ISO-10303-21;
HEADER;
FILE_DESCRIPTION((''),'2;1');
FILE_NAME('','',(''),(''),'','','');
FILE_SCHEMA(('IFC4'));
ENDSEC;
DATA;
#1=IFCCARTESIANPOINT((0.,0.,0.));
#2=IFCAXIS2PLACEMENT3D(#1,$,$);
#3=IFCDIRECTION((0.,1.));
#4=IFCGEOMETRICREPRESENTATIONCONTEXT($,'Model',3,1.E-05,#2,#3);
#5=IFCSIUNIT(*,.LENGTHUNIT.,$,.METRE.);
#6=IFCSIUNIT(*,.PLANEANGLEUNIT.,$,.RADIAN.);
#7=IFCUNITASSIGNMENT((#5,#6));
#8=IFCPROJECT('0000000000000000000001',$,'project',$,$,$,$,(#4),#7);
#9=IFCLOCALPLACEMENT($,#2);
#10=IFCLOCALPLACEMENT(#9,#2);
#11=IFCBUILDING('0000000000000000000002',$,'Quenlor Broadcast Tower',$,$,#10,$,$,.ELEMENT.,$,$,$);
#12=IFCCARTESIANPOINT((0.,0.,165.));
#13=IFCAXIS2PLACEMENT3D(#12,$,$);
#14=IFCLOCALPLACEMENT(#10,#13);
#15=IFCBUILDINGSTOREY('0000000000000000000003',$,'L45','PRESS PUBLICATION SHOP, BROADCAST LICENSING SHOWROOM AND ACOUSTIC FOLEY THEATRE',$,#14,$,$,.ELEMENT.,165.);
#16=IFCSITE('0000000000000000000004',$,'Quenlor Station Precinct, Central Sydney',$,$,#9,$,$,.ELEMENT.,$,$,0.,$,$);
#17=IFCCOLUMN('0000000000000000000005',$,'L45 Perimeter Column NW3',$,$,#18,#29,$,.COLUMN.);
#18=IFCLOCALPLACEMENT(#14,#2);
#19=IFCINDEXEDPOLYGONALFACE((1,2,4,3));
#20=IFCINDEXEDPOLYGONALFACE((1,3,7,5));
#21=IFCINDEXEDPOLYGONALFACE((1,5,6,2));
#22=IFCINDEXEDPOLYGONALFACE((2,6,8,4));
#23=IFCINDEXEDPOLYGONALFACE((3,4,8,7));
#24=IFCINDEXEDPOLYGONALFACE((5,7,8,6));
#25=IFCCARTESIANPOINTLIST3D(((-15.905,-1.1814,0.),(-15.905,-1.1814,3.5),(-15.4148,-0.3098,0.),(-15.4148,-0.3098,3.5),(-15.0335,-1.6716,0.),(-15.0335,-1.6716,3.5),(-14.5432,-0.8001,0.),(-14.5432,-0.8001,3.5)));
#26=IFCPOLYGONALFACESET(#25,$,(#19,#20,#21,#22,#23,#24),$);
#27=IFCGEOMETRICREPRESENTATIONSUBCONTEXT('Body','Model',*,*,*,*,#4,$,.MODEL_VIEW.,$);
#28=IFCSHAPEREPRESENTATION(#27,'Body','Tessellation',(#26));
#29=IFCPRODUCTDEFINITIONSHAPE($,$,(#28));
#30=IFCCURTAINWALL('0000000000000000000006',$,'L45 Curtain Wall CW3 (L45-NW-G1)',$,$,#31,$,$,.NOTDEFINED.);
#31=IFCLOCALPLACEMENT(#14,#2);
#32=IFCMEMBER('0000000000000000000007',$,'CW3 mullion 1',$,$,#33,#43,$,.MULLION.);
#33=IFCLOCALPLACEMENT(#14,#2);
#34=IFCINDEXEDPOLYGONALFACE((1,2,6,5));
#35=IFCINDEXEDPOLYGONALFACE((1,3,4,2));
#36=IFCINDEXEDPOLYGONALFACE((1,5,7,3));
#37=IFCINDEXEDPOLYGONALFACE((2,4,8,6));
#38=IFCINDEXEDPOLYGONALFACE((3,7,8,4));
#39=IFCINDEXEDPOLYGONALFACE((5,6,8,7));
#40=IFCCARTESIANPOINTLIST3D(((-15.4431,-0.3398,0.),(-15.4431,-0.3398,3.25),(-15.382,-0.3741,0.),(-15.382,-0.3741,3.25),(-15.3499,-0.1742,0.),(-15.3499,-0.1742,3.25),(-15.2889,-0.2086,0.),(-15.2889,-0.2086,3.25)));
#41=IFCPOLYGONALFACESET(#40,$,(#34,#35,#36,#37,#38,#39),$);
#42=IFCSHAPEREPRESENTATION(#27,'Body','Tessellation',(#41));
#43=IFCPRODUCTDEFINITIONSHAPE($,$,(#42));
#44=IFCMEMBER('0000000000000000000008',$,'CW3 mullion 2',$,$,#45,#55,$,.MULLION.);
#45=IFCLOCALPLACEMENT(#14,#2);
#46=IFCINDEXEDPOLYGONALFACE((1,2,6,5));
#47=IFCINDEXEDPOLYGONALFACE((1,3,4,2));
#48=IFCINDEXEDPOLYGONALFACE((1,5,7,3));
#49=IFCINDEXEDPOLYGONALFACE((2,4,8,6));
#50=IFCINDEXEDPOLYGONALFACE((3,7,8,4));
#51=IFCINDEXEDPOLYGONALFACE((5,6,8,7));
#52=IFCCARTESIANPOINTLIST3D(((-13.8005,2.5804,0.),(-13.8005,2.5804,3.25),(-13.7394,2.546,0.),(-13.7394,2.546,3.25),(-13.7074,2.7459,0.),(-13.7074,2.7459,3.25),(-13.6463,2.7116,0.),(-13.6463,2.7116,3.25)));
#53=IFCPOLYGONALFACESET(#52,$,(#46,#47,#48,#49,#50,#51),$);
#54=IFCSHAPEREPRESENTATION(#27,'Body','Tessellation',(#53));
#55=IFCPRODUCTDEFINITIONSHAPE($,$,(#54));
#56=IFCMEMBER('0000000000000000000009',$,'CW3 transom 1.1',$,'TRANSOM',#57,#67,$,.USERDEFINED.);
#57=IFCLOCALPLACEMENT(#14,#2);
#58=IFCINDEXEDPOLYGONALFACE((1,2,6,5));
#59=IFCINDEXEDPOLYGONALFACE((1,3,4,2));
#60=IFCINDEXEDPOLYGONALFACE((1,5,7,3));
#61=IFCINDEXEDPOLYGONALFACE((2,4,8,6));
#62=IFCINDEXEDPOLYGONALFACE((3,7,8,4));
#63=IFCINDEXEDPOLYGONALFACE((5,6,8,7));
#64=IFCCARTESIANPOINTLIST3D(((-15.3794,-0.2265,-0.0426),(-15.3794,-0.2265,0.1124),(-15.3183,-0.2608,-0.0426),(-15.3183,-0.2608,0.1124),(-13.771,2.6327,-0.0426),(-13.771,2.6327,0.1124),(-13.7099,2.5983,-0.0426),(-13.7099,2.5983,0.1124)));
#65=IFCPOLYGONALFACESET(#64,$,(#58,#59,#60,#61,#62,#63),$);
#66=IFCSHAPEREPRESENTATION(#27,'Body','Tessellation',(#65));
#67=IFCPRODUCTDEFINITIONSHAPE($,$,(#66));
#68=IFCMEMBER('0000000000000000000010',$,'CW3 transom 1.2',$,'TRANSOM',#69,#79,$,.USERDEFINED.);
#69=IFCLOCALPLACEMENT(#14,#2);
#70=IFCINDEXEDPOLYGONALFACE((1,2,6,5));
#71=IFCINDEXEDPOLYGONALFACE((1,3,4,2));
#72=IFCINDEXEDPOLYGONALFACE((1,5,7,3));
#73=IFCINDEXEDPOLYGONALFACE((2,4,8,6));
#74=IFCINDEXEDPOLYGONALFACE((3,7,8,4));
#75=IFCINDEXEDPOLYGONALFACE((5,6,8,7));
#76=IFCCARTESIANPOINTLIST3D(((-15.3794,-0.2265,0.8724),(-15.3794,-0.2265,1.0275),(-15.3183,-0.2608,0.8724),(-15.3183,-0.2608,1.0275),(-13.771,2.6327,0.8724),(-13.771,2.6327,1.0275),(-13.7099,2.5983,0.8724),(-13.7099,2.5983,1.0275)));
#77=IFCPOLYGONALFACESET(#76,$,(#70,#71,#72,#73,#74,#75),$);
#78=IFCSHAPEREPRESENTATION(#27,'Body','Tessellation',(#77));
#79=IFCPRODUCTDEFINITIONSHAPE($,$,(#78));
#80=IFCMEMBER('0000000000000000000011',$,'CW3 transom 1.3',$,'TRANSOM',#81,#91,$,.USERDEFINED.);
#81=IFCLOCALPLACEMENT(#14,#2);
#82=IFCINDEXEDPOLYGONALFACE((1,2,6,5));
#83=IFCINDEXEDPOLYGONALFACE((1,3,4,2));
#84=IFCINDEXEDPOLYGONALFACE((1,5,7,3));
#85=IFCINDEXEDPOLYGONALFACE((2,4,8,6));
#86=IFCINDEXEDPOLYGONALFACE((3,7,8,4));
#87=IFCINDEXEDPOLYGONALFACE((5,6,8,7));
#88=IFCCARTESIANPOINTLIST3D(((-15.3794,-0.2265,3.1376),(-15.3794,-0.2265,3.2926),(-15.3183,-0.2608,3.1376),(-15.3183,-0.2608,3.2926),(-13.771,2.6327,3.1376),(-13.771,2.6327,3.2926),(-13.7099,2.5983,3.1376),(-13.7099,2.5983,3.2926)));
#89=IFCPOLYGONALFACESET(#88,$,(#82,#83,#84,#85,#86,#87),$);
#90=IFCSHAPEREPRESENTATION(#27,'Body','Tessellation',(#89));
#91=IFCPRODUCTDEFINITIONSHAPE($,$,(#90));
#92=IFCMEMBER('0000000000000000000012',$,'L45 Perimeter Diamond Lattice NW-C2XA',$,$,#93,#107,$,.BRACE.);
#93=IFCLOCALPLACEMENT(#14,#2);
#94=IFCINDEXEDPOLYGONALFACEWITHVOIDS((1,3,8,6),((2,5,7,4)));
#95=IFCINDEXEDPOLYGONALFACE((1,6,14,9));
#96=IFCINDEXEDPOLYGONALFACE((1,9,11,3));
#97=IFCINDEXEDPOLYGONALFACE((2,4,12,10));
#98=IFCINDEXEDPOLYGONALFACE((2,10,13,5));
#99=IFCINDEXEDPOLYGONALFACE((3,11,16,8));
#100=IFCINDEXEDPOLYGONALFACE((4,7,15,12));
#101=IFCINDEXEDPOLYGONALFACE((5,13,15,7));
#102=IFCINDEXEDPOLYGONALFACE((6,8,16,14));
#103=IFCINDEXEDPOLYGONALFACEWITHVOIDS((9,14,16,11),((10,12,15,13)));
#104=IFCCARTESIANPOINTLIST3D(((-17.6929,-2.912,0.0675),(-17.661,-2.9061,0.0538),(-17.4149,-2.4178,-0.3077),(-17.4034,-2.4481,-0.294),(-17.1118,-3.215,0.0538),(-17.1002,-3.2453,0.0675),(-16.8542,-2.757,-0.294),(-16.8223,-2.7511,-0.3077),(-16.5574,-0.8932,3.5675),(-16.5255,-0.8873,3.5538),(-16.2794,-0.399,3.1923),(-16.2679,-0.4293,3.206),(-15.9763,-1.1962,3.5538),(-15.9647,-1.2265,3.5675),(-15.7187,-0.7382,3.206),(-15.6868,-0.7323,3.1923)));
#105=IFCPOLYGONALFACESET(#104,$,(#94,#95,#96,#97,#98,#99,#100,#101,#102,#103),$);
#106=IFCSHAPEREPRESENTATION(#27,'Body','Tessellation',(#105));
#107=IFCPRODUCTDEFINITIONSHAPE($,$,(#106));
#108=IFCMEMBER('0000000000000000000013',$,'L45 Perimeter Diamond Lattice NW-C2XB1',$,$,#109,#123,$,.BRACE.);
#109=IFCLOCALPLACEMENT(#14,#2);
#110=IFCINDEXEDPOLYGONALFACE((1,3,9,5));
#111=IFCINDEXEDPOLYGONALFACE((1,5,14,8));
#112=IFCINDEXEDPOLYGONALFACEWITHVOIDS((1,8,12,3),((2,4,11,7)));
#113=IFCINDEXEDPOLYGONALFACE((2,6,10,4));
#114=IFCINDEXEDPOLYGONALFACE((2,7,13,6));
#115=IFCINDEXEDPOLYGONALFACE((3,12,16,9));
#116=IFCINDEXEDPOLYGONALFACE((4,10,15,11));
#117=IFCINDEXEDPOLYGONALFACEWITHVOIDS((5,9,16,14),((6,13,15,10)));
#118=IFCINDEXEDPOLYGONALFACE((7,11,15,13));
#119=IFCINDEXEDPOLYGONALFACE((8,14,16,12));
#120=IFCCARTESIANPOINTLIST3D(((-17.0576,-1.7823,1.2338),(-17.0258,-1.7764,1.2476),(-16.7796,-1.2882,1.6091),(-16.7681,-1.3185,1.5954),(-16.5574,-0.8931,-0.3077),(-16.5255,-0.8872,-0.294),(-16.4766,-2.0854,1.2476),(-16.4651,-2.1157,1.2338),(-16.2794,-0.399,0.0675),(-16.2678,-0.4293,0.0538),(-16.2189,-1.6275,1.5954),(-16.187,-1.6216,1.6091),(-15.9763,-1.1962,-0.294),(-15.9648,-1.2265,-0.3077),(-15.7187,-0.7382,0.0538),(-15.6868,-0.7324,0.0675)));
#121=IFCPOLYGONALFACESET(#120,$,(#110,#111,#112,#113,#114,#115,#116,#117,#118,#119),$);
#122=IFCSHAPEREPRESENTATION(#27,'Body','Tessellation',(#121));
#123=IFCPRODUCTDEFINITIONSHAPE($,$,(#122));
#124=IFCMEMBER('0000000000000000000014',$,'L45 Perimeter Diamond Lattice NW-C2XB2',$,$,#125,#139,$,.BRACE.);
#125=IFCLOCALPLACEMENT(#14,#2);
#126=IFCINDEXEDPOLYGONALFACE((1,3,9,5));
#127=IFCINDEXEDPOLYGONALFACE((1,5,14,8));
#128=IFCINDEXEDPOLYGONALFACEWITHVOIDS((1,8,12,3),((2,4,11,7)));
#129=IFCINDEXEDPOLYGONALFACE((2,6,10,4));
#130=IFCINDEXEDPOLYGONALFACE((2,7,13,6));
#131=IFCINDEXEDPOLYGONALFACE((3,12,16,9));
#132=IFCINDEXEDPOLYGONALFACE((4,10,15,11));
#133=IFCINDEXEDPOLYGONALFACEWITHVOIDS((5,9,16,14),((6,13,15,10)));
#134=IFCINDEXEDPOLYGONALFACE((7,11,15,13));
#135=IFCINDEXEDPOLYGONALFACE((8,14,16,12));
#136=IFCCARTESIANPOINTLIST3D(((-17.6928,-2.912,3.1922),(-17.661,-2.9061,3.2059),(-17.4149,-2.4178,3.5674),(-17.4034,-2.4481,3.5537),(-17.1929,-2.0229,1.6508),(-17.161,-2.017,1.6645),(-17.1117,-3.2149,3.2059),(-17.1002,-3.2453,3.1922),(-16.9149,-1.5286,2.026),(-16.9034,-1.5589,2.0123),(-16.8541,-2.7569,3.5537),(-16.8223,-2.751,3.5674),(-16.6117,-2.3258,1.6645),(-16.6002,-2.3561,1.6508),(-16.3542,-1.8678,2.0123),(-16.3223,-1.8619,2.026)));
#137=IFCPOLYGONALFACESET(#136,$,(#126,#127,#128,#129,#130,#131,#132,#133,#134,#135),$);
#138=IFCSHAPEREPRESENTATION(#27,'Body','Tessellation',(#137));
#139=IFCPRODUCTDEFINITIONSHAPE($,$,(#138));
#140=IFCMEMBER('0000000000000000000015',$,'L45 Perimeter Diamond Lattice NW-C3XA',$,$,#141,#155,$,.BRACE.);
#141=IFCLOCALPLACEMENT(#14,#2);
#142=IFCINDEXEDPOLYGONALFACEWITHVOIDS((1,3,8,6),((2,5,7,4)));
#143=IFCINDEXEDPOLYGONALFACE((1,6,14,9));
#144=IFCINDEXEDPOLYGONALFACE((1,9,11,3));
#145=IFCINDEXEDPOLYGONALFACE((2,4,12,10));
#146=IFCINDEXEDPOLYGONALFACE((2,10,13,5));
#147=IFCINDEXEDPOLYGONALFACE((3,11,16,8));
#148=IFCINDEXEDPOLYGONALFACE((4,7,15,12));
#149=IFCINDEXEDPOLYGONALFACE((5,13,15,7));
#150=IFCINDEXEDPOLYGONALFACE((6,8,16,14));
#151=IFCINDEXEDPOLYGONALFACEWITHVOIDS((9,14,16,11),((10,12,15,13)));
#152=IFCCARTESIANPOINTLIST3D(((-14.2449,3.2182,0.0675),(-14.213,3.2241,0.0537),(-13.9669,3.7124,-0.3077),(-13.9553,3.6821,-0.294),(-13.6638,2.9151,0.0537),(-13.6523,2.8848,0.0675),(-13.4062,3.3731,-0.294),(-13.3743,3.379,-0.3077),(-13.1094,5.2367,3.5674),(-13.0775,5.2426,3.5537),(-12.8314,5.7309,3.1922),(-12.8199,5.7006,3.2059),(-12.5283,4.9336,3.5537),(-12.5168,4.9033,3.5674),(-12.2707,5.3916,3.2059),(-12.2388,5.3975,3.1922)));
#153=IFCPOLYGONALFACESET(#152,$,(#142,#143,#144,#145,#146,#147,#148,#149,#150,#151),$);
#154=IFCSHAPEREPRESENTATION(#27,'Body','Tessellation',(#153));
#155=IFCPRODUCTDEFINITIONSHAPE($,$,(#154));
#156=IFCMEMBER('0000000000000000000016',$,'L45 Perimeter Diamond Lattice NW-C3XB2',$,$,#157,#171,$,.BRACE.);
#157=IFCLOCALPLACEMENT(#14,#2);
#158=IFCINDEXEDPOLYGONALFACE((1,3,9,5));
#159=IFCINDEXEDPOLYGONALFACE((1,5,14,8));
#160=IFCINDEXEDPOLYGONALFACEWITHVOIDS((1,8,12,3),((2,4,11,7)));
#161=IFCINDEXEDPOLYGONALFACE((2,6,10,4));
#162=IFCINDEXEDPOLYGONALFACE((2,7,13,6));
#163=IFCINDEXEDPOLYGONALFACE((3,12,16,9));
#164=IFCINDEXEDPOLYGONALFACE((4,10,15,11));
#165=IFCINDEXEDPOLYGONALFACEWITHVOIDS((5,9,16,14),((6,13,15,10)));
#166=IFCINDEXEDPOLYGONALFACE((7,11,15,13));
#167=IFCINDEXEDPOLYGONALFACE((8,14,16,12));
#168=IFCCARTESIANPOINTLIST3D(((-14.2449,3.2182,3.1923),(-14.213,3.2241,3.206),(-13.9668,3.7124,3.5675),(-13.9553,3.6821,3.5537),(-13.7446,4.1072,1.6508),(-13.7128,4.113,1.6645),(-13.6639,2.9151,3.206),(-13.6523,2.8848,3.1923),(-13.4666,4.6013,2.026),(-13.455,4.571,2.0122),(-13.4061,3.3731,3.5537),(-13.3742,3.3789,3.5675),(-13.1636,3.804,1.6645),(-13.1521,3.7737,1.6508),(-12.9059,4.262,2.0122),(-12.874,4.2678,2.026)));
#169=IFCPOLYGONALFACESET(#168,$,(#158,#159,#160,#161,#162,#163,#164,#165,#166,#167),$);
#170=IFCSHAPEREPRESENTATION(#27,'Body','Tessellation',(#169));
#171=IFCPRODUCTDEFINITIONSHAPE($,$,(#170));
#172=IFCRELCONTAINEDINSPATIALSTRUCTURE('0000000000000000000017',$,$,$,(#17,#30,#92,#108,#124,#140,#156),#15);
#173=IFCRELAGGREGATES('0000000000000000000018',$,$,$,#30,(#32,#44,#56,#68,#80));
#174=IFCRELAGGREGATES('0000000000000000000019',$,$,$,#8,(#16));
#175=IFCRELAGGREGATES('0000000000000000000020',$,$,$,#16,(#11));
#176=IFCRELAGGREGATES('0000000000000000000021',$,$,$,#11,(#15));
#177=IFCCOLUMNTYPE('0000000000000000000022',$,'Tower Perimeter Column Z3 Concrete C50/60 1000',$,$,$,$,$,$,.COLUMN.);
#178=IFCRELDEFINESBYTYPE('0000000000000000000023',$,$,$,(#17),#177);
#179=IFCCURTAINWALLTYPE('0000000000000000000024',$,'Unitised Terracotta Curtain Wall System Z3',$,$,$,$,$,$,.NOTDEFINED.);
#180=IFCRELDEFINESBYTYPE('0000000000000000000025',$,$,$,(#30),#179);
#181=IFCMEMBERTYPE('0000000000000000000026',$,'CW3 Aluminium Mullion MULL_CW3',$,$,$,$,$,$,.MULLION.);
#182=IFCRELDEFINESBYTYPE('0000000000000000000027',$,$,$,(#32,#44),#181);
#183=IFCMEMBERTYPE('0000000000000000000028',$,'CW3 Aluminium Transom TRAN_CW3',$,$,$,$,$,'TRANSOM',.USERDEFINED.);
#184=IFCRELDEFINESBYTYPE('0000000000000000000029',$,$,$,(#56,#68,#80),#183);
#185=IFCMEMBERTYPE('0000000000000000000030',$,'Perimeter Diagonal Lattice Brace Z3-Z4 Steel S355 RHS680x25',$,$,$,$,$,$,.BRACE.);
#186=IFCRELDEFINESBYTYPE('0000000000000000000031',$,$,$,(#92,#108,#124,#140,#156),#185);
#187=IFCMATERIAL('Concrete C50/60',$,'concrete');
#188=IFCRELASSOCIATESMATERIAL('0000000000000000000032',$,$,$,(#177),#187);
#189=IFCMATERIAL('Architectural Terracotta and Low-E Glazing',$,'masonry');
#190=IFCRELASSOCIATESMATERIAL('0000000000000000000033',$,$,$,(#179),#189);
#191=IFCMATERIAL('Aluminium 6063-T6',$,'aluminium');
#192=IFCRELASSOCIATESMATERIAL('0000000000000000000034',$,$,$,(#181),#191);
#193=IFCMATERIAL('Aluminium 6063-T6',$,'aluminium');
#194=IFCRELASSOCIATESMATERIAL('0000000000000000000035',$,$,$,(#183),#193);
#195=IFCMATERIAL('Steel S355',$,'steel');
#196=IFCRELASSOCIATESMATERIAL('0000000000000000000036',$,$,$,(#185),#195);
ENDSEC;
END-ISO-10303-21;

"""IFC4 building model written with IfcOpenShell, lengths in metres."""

from ifc_helpers import new_model, si_unit, direction, frame, origin, origin_2d, place, context, subcontext, project, spatial, rectangle, hollow_rectangle, extrude, material, material_profile, profile_set, type_object, element, aggregate, save


model = new_model("IFC4")

# Units and contexts
model_context = context("Model", 3, precision=1e-05, world=origin(), true_north=direction((0.0, 1.0)))
body_context = subcontext(model_context, "Body", "Model", "MODEL_VIEW")
ifc_project = project(units=[si_unit("LENGTHUNIT", "METRE"), si_unit("PLANEANGLEUNIT", "RADIAN")], contexts=[model_context])

# Site, building, storey
site_placement = place(None, origin())
site = spatial("IfcSite", under=ifc_project, at=site_placement, Name="Quenlor Station Precinct, Central Sydney", CompositionType="ELEMENT", RefElevation=0.0)
building_placement = place(site_placement, origin())
building = spatial("IfcBuilding", under=site, at=building_placement, Name="Quenlor Broadcast Tower", CompositionType="ELEMENT")
storey_placement = place(building_placement, frame((0.0, 0.0, 165.0)))
storey = spatial("IfcBuildingStorey", under=building, at=storey_placement, Name="L45", Description="PRESS PUBLICATION SHOP, BROADCAST LICENSING SHOWROOM AND ACOUSTIC FOLEY THEATRE", CompositionType="ELEMENT", Elevation=165.0)

# Column
ifc_material_1 = material(Name="Concrete C50/60", Category="concrete")
ifc_material_profile_1 = material_profile(ifc_material_1, rectangle(XDim=1.0, YDim=1.0, at=origin_2d()))
ifc_profile_set_1 = profile_set([ifc_material_profile_1], Name="Concrete C50/60 RC1000x1000")
column_type = type_object("IfcColumnType", Name="Tower Perimeter Column Z3 Concrete C50/60 1000", PredefinedType="COLUMN", material=ifc_profile_set_1)
column_placement = place(storey_placement, frame((-15.2241, -0.9907, 0.0), z_axis=(0.0, 0.0, 1.0), x_axis=(-0.871575, 0.490262, 0.0)))
element("IfcColumn", 1, at=column_placement, inside=storey, type_object=column_type, Name="L45 Perimeter Column NW3", PredefinedType="COLUMN", context=body_context, shape_type="SweptSolid", body=[
    extrude(rectangle(XDim=1.0, YDim=1.0, at=origin_2d()), origin(), (0.0, 0.0, 1.0), 3.5),
])

# Curtain wall, members
ifc_material_2 = material(Name="Architectural Terracotta and Low-E Glazing", Category="masonry")
curtain_wall_type = type_object("IfcCurtainWallType", Name="Unitised Terracotta Curtain Wall System Z3", PredefinedType="NOTDEFINED", material=ifc_material_2)
curtain_wall_placement = place(storey_placement, origin())
curtain_wall = element("IfcCurtainWall", 2, at=curtain_wall_placement, inside=storey, type_object=curtain_wall_type, Name="L45 Curtain Wall CW3 (L45-NW-G1)", PredefinedType="NOTDEFINED")
ifc_material_3 = material(Name="Aluminium 6063-T6", Category="aluminium")
ifc_material_profile_2 = material_profile(ifc_material_3, rectangle(XDim=0.0701, YDim=0.1899, at=origin_2d()))
ifc_profile_set_2 = profile_set([ifc_material_profile_2], Name="Aluminium 6063-T6 MULL70x190")
member_type_1 = type_object("IfcMemberType", Name="CW3 Aluminium Mullion MULL_CW3", PredefinedType="MULLION", material=ifc_profile_set_2)
member_1_placement = place(storey_placement, frame((-15.366, -0.2742, 0.0), z_axis=(0.0, 0.0, 1.0), x_axis=(-0.871572, 0.490268, 0.0)))
member_1 = element("IfcMember", 3, at=member_1_placement, type_object=member_type_1, Name="CW3 mullion 1", PredefinedType="MULLION", context=body_context, shape_type="SweptSolid", body=[
    extrude(rectangle(XDim=0.0701, YDim=0.1899, at=origin_2d()), origin(), (0.0, 0.0, 1.0), 3.25),
])
member_2_placement = place(storey_placement, frame((-13.7234, 2.646, 0.0), z_axis=(0.0, 0.0, 1.0), x_axis=(-0.871572, 0.490268, 0.0)))
member_2 = element("IfcMember", 4, at=member_2_placement, type_object=member_type_1, Name="CW3 mullion 2", PredefinedType="MULLION", context=body_context, shape_type="SweptSolid", body=[
    extrude(rectangle(XDim=0.0701, YDim=0.1899, at=origin_2d()), origin(), (0.0, 0.0, 1.0), 3.25),
])
ifc_material_4 = material(Name="Aluminium 6063-T6", Category="aluminium")
ifc_material_profile_3 = material_profile(ifc_material_4, rectangle(XDim=0.0701, YDim=0.155, at=origin_2d()))
ifc_profile_set_3 = profile_set([ifc_material_profile_3], Name="Aluminium 6063-T6 TRAN70x155")
member_type_2 = type_object("IfcMemberType", Name="CW3 Aluminium Transom TRAN_CW3", ElementType="TRANSOM", PredefinedType="USERDEFINED", material=ifc_profile_set_3)
member_3_placement = place(storey_placement, frame((-15.3489, -0.2437, 0.0349), z_axis=(0.490293, 0.871558, 0.0), x_axis=(-0.871558, 0.490293, 0.0)))
member_3 = element("IfcMember", 5, at=member_3_placement, type_object=member_type_2, Name="CW3 transom 1.1", ObjectType="TRANSOM", PredefinedType="USERDEFINED", context=body_context, shape_type="SweptSolid", body=[
    extrude(rectangle(XDim=0.0701, YDim=0.155, at=origin_2d()), origin(), (0.0, 0.0, 1.0), 3.2805),
])
member_4_placement = place(storey_placement, frame((-15.3489, -0.2437, 0.95), z_axis=(0.490293, 0.871558, 0.0), x_axis=(-0.871558, 0.490293, 0.0)))
member_4 = element("IfcMember", 6, at=member_4_placement, type_object=member_type_2, Name="CW3 transom 1.2", ObjectType="TRANSOM", PredefinedType="USERDEFINED", context=body_context, shape_type="SweptSolid", body=[
    extrude(rectangle(XDim=0.0701, YDim=0.155, at=origin_2d()), origin(), (0.0, 0.0, 1.0), 3.2805),
])
member_5_placement = place(storey_placement, frame((-15.3489, -0.2437, 3.2151), z_axis=(0.490293, 0.871558, 0.0), x_axis=(-0.871558, 0.490293, 0.0)))
member_5 = element("IfcMember", 7, at=member_5_placement, type_object=member_type_2, Name="CW3 transom 1.3", ObjectType="TRANSOM", PredefinedType="USERDEFINED", context=body_context, shape_type="SweptSolid", body=[
    extrude(rectangle(XDim=0.0701, YDim=0.155, at=origin_2d()), origin(), (0.0, 0.0, 1.0), 3.2805),
])

# Members
ifc_material_5 = material(Name="Steel S355", Category="steel")
ifc_material_profile_4 = material_profile(ifc_material_5, hollow_rectangle(XDim=0.6799, YDim=0.6799, WallThickness=0.0249, at=origin_2d()))
ifc_profile_set_4 = profile_set([ifc_material_profile_4], Name="Steel S355 RHS680x680x25")
member_type_3 = type_object("IfcMemberType", Name="Perimeter Diagonal Lattice Brace Z3-Z4 Steel S355 RHS680x25", PredefinedType="BRACE", material=ifc_profile_set_4)
member_6_placement = place(storey_placement, frame((-17.2576, -2.8315, -0.1201), z_axis=(0.270549, 0.481009, 0.833927), x_axis=(-0.87159, 0.490236, 0.0)))
element("IfcMember", 8, at=member_6_placement, inside=storey, type_object=member_type_3, Name="L45 Perimeter Diamond Lattice NW-C2XA", PredefinedType="BRACE", context=body_context, shape_type="SweptSolid", body=[
    extrude(hollow_rectangle(XDim=0.6799, YDim=0.6799, WallThickness=0.0249, at=origin_2d()), origin(), (0.0, 0.0, 1.0), 4.197),
])
member_7_placement = place(storey_placement, frame((-16.1221, -0.8127, -0.1201), z_axis=(-0.270616, -0.481008, 0.833905), x_axis=(0.871537, -0.490329, 0.0)))
element("IfcMember", 9, at=member_7_placement, inside=storey, type_object=member_type_3, Name="L45 Perimeter Diamond Lattice NW-C2XB1", PredefinedType="BRACE", context=body_context, shape_type="SweptSolid", body=[
    extrude(hollow_rectangle(XDim=0.6799, YDim=0.6799, WallThickness=0.0249, at=origin_2d()), origin(), (0.0, 0.0, 1.0), 1.8486),
])
member_8_placement = place(storey_placement, frame((-16.7576, -1.9424, 1.8384), z_axis=(-0.270494, -0.481025, 0.833935), x_axis=(0.871639, -0.490148, 0.0)))
element("IfcMember", 10, at=member_8_placement, inside=storey, type_object=member_type_3, Name="L45 Perimeter Diamond Lattice NW-C2XB2", PredefinedType="BRACE", context=body_context, shape_type="SweptSolid", body=[
    extrude(hollow_rectangle(XDim=0.6799, YDim=0.6799, WallThickness=0.0249, at=origin_2d()), origin(), (0.0, 0.0, 1.0), 1.8484),
])
member_9_placement = place(storey_placement, frame((-13.8096, 3.2986, -0.1201), z_axis=(0.270557, 0.480964, 0.83395), x_axis=(-0.871564, 0.490281, 0.0)))
element("IfcMember", 11, at=member_9_placement, inside=storey, type_object=member_type_3, Name="L45 Perimeter Diamond Lattice NW-C3XA", PredefinedType="BRACE", context=body_context, shape_type="SweptSolid", body=[
    extrude(hollow_rectangle(XDim=0.6799, YDim=0.6799, WallThickness=0.0249, at=origin_2d()), origin(), (0.0, 0.0, 1.0), 4.1968),
])
member_10_placement = place(storey_placement, frame((-13.3093, 4.1875, 1.8384), z_axis=(-0.270634, -0.480906, 0.833958), x_axis=(0.87148, -0.490432, 0.0)))
element("IfcMember", 12, at=member_10_placement, inside=storey, type_object=member_type_3, Name="L45 Perimeter Diamond Lattice NW-C3XB2", PredefinedType="BRACE", context=body_context, shape_type="SweptSolid", body=[
    extrude(hollow_rectangle(XDim=0.6799, YDim=0.6799, WallThickness=0.0249, at=origin_2d()), origin(), (0.0, 0.0, 1.0), 1.8484),
])

aggregate(curtain_wall, [member_1, member_2, member_3, member_4, member_5])

save(model, "model.ifc")
